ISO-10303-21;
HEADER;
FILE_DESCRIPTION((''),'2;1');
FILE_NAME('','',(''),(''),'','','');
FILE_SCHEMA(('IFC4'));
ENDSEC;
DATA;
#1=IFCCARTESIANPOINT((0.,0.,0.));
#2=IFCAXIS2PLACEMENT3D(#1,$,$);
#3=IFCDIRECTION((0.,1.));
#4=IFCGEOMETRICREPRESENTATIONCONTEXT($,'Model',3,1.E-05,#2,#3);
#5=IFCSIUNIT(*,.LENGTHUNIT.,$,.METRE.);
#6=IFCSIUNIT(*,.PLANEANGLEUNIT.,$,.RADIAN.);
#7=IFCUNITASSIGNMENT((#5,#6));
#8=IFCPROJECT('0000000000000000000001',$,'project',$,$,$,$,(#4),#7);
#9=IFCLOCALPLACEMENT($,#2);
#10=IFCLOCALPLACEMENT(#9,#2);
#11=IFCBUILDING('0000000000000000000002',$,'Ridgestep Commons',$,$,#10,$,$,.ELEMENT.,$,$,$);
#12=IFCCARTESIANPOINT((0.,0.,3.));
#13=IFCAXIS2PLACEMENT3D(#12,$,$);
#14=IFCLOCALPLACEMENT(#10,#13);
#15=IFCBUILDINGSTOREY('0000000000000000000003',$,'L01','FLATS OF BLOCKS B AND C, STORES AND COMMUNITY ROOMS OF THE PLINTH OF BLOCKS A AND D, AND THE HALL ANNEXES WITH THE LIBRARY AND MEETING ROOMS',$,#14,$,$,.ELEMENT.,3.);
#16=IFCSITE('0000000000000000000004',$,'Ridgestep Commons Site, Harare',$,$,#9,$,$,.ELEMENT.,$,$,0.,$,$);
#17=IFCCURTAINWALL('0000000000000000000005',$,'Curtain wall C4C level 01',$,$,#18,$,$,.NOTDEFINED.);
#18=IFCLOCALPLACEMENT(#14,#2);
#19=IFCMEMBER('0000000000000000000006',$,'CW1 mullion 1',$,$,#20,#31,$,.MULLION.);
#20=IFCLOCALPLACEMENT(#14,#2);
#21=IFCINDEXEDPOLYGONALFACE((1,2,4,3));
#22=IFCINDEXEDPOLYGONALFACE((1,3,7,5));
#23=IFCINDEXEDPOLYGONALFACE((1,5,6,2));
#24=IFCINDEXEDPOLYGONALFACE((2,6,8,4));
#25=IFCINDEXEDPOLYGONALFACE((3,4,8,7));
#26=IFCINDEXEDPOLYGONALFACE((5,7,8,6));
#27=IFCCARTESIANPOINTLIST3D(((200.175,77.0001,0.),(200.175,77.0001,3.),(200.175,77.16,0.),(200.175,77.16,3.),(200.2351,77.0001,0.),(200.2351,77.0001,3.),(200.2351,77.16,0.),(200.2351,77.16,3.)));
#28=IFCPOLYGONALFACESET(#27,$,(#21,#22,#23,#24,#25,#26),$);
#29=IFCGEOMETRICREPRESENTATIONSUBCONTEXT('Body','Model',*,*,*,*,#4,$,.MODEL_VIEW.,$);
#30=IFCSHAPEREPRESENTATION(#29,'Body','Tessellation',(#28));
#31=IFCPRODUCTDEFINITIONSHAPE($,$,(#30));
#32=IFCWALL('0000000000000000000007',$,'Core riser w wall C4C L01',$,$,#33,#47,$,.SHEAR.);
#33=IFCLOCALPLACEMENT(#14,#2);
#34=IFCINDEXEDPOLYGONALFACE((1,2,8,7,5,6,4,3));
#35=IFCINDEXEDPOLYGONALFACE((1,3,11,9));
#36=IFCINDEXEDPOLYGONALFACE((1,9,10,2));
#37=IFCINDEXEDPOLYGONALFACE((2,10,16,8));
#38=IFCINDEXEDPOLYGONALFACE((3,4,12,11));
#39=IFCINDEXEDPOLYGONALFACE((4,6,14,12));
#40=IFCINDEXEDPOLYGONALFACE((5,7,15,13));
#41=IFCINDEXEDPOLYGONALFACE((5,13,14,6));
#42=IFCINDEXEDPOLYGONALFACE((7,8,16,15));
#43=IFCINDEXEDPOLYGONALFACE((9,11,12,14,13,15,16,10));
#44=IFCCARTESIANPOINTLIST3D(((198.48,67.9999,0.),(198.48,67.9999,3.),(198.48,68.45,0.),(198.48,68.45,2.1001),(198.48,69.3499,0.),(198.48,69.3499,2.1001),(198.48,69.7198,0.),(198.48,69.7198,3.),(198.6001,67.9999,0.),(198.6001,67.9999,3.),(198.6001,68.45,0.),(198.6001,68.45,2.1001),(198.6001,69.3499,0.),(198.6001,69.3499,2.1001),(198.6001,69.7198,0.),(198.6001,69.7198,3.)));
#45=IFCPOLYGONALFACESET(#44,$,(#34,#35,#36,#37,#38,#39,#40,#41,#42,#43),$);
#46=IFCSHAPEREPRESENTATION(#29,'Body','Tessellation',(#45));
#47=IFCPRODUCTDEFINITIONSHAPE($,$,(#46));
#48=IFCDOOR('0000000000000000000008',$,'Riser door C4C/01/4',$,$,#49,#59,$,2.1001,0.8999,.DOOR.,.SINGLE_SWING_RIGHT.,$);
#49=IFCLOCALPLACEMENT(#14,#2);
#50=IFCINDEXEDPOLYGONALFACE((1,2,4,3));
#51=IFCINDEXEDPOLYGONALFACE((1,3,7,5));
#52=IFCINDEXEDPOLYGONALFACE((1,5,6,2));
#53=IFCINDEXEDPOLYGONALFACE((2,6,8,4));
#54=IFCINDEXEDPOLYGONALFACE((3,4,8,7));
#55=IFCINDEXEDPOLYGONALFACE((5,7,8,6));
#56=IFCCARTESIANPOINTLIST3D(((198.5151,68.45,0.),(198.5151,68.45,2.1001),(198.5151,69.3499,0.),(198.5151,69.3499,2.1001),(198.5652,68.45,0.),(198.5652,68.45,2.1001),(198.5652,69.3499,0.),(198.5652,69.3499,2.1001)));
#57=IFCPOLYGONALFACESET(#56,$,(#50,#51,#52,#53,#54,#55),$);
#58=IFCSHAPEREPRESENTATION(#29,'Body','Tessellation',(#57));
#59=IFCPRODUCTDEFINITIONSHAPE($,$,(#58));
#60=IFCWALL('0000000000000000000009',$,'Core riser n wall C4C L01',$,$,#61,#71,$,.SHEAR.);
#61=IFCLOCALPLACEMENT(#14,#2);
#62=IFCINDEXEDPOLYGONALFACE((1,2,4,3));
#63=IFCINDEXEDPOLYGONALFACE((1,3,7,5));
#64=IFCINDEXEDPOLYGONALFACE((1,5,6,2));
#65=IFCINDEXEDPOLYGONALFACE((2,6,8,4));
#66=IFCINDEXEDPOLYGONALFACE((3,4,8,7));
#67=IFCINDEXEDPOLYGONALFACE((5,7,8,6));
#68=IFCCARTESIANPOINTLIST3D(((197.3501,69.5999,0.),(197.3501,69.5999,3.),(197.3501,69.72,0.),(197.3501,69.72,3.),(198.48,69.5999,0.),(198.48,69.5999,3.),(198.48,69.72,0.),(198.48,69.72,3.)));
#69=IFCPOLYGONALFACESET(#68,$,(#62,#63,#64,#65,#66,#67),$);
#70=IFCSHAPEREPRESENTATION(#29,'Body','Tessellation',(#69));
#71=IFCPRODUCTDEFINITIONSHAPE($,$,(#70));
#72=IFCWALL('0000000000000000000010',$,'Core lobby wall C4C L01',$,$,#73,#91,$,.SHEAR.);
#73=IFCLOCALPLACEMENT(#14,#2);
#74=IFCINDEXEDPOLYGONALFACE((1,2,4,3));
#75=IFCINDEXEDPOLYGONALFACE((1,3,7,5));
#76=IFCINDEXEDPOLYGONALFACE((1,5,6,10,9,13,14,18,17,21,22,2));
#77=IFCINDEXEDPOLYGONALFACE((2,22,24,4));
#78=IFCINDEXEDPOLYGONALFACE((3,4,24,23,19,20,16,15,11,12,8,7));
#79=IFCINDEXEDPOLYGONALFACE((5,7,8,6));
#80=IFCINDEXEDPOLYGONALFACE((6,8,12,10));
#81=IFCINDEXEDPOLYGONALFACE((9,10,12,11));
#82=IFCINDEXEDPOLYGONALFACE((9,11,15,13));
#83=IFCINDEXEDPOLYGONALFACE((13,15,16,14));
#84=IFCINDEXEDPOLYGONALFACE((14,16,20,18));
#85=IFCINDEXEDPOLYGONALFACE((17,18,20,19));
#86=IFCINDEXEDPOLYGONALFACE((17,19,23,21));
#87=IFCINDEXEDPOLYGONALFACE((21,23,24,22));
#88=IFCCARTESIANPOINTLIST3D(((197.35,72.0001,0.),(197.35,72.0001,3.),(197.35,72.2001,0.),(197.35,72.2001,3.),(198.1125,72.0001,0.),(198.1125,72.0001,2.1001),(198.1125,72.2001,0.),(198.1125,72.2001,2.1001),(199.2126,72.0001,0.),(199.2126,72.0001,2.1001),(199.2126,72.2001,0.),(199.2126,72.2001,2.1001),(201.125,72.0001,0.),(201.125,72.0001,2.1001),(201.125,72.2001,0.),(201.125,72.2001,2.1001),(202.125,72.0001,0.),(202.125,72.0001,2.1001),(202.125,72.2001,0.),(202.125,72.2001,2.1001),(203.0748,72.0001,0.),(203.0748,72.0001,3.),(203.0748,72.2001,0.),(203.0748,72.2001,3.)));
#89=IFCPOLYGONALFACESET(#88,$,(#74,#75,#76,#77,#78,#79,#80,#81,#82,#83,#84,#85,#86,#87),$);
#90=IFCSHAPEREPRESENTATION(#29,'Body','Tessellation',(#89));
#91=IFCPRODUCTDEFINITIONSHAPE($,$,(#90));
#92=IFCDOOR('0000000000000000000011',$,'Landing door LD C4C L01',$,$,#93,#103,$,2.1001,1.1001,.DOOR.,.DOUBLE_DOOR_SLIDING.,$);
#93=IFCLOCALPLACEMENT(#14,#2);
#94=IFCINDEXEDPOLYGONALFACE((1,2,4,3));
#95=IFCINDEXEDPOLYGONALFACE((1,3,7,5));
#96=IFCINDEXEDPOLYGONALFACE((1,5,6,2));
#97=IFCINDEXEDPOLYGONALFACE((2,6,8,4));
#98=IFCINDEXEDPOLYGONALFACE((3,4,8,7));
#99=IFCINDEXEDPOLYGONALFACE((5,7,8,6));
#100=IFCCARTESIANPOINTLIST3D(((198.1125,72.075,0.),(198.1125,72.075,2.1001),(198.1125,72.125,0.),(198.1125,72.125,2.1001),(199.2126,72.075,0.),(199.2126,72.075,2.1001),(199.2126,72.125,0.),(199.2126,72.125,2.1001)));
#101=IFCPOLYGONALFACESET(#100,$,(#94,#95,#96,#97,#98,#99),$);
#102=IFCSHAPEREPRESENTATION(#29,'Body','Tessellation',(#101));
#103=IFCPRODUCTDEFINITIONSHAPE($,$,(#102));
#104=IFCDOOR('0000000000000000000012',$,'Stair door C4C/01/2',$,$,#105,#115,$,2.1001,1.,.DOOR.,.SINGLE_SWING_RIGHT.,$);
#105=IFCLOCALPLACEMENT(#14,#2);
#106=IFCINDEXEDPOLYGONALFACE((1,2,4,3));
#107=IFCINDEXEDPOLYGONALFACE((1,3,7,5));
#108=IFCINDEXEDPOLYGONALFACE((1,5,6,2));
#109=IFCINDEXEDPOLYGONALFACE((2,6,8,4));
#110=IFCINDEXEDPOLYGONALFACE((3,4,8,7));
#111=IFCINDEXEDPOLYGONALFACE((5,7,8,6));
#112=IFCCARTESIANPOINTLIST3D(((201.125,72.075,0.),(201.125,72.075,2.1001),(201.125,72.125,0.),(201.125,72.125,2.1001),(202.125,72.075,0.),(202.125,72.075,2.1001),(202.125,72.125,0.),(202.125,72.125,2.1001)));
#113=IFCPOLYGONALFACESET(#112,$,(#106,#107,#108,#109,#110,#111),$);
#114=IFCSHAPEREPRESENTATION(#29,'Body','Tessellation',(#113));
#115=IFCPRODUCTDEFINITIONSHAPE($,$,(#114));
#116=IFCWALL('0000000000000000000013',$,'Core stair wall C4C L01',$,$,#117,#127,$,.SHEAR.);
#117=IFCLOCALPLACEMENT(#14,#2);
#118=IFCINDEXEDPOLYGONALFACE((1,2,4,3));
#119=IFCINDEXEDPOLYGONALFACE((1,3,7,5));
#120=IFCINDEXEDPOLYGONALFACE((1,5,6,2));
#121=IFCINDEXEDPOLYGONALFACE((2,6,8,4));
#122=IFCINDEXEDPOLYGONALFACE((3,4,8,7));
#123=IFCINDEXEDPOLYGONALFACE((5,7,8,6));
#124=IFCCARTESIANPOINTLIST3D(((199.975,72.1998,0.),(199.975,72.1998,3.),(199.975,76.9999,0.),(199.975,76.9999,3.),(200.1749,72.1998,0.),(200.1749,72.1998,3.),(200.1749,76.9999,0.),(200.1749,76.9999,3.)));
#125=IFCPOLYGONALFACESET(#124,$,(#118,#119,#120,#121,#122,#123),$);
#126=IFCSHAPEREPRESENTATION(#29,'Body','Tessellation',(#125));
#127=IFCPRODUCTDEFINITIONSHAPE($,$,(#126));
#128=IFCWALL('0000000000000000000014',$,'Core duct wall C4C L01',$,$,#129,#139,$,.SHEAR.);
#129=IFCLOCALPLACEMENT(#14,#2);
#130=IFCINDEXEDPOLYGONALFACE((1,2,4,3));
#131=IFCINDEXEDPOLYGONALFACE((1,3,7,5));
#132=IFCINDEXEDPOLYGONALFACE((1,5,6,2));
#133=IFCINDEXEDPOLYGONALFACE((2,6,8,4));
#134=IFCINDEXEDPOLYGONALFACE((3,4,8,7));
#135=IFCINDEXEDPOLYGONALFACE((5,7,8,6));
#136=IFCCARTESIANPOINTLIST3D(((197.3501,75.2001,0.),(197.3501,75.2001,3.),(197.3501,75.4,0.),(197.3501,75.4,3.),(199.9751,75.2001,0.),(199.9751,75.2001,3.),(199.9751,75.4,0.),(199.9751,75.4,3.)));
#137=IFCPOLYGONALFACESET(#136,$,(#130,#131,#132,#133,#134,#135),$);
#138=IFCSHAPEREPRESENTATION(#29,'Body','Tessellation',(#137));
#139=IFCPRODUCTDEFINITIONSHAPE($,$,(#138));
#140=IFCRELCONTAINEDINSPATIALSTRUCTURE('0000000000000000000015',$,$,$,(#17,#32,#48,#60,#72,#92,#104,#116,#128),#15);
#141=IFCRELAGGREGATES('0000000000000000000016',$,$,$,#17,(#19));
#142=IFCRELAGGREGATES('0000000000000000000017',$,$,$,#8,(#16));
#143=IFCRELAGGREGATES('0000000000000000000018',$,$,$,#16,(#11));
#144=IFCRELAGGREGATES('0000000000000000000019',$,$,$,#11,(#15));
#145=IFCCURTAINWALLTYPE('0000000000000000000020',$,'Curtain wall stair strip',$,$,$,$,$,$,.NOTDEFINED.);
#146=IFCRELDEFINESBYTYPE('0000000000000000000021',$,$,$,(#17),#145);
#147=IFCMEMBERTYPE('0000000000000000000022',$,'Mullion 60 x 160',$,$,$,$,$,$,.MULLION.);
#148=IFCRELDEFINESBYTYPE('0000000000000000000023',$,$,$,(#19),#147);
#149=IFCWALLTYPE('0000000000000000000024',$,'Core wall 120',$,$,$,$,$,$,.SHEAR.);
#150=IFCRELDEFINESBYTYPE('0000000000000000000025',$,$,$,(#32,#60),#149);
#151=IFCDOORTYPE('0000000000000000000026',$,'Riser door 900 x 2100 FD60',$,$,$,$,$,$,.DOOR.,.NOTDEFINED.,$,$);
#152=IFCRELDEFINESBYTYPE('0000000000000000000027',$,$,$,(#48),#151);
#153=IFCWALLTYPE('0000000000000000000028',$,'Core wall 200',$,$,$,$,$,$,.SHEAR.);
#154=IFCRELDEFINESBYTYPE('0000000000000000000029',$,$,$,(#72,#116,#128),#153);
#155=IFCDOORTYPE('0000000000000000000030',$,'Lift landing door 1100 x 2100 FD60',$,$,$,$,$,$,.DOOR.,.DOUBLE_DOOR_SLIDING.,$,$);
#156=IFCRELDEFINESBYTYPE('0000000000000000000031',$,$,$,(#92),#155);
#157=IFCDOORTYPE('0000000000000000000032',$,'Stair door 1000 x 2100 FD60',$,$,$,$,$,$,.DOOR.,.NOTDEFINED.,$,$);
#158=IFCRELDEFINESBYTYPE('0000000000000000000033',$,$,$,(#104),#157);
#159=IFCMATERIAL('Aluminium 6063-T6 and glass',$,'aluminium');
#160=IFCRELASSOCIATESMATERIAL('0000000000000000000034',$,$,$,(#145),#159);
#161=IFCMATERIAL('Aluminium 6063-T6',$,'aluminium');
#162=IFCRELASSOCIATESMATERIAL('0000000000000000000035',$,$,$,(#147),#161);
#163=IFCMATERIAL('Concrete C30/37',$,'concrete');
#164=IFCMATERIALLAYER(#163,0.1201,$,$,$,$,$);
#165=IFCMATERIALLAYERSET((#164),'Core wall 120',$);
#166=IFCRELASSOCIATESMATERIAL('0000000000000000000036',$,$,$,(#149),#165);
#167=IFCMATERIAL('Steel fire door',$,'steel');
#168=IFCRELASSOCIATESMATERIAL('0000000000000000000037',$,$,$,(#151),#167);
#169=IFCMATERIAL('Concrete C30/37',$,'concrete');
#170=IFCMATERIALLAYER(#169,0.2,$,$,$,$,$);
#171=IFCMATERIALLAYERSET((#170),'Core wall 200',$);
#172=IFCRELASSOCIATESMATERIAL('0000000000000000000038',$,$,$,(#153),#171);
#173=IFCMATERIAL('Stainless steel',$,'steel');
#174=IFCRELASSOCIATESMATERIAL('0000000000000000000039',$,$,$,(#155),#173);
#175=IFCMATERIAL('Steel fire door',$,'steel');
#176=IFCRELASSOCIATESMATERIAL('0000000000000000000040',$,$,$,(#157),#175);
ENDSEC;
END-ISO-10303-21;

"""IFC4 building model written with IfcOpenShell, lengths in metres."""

from ifc_helpers import new_model, si_unit, direction, frame, frame_2d, origin, origin_2d, place, context, subcontext, project, spatial, rectangle, extrude, material, layer, layer_set, material_profile, profile_set, type_object, element, fill, aggregate, save


model = new_model("IFC4")

# Units and contexts
model_context = context("Model", 3, precision=1e-05, world=origin(), true_north=direction((0.0, 1.0)))
body_context = subcontext(model_context, "Body", "Model", "MODEL_VIEW")
ifc_project = project(units=[si_unit("LENGTHUNIT", "METRE"), si_unit("PLANEANGLEUNIT", "RADIAN")], contexts=[model_context])

# Site, building, storey
site_placement = place(None, origin())
site = spatial("IfcSite", under=ifc_project, at=site_placement, Name="Ridgestep Commons Site, Harare", CompositionType="ELEMENT", RefElevation=0.0)
building_placement = place(site_placement, origin())
building = spatial("IfcBuilding", under=site, at=building_placement, Name="Ridgestep Commons", CompositionType="ELEMENT")
storey_placement = place(building_placement, frame((0.0, 0.0, 3.0)))
storey = spatial("IfcBuildingStorey", under=building, at=storey_placement, Name="L01", Description="FLATS OF BLOCKS B AND C, STORES AND COMMUNITY ROOMS OF THE PLINTH OF BLOCKS A AND D, AND THE HALL ANNEXES WITH THE LIBRARY AND MEETING ROOMS", CompositionType="ELEMENT", Elevation=3.0)

# Curtain wall, member
ifc_material_1 = material(Name="Aluminium 6063-T6 and glass", Category="aluminium")
curtain_wall_type = type_object("IfcCurtainWallType", Name="Curtain wall stair strip", PredefinedType="NOTDEFINED", material=ifc_material_1)
curtain_wall_placement = place(storey_placement, origin())
curtain_wall = element("IfcCurtainWall", 1, at=curtain_wall_placement, inside=storey, type_object=curtain_wall_type, Name="Curtain wall C4C level 01", PredefinedType="NOTDEFINED")
ifc_material_2 = material(Name="Aluminium 6063-T6", Category="aluminium")
ifc_material_profile = material_profile(ifc_material_2, rectangle(XDim=0.1599, YDim=0.0601, at=origin_2d()), Name="Mullion 60 x 160")
ifc_profile_set = profile_set([ifc_material_profile], Name="Aluminium 6063-T6")
member_type = type_object("IfcMemberType", Name="Mullion 60 x 160", PredefinedType="MULLION", material=ifc_profile_set)
member_placement = place(storey_placement, frame((200.2051, 77.0801, 0.0), z_axis=(0.0, 0.0, 1.0), x_axis=(0.0, 1.0, 0.0)))
member = element("IfcMember", 2, at=member_placement, type_object=member_type, Name="CW1 mullion 1", PredefinedType="MULLION", context=body_context, shape_type="SweptSolid", body=[
    extrude(rectangle(XDim=0.1599, YDim=0.0601, at=origin_2d()), origin(), (0.0, 0.0, 1.0), 3.0),
])
aggregate(curtain_wall, [member])

# Wall, opening, door
ifc_material_3 = material(Name="Concrete C30/37", Category="concrete")
ifc_layer_1 = layer(ifc_material_3, 0.1201)
ifc_layer_set_1 = layer_set([ifc_layer_1], Name="Core wall 120")
wall_type_1 = type_object("IfcWallType", Name="Core wall 120", PredefinedType="SHEAR", material=ifc_layer_set_1)
wall_1_placement = place(storey_placement, frame((198.54, 68.0, 0.0), z_axis=(0.0, 0.0, 1.0), x_axis=(0.0, 1.0, 0.0)))
wall_1 = element("IfcWall", 3, at=wall_1_placement, inside=storey, type_object=wall_type_1, Name="Core riser w wall C4C L01", PredefinedType="SHEAR", context=body_context, shape_type="SweptSolid", body=[
    extrude(rectangle(XDim=1.72, YDim=0.1201, at=frame_2d((0.8599, 0.0))), origin(), (0.0, 0.0, 1.0), 3.0),
])
opening_1_placement = place(wall_1_placement, frame((0.45, 0.0, 0.0)))
opening_1 = element("IfcOpeningElement", 4, at=opening_1_placement, cuts=wall_1, PredefinedType="OPENING", context=body_context, shape_type="SweptSolid", body=[
    extrude(rectangle(XDim=0.8999, YDim=2.1001, at=frame_2d((0.45, 1.05))), frame((0.0, 0.0701, 0.0), z_axis=(0.0, -1.0, 0.0), x_axis=(1.0, 0.0, 0.0)), (0.0, 0.0, 1.0), 0.1401),
])
ifc_material_4 = material(Name="Steel fire door", Category="steel")
door_type_1 = type_object("IfcDoorType", Name="Riser door 900 x 2100 FD60", OperationType="NOTDEFINED", PredefinedType="DOOR", material=ifc_material_4)
door_1_placement = place(opening_1_placement, origin())
door_1 = element("IfcDoor", 5, at=door_1_placement, inside=storey, type_object=door_type_1, Name="Riser door C4C/01/4", OperationType="SINGLE_SWING_RIGHT", OverallHeight=2.1001, OverallWidth=0.8999, PredefinedType="DOOR", context=body_context, shape_type="SweptSolid", body=[
    extrude(rectangle(XDim=0.8999, YDim=2.1001, at=frame_2d((0.45, 1.05))), frame((0.0, 0.0249, 0.0), z_axis=(0.0, -1.0, 0.0), x_axis=(1.0, 0.0, 0.0)), (0.0, 0.0, 1.0), 0.05),
])
fill(opening_1, door_1)

# Wall
wall_2_placement = place(storey_placement, frame((197.3501, 69.6599, 0.0), z_axis=(0.0, 0.0, 1.0), x_axis=(1.0, 0.0, 0.0)))
element("IfcWall", 6, at=wall_2_placement, inside=storey, type_object=wall_type_1, Name="Core riser n wall C4C L01", PredefinedType="SHEAR", context=body_context, shape_type="SweptSolid", body=[
    extrude(rectangle(XDim=1.1299, YDim=0.1201, at=frame_2d((0.5649, 0.0))), origin(), (0.0, 0.0, 1.0), 3.0),
])

# Wall, openings, doors
ifc_material_5 = material(Name="Concrete C30/37", Category="concrete")
ifc_layer_2 = layer(ifc_material_5, 0.2)
ifc_layer_set_2 = layer_set([ifc_layer_2], Name="Core wall 200")
wall_type_2 = type_object("IfcWallType", Name="Core wall 200", PredefinedType="SHEAR", material=ifc_layer_set_2)
wall_3_placement = place(storey_placement, frame((197.3501, 72.1001, 0.0), z_axis=(0.0, 0.0, 1.0), x_axis=(1.0, 0.0, 0.0)))
wall_3 = element("IfcWall", 7, at=wall_3_placement, inside=storey, type_object=wall_type_2, Name="Core lobby wall C4C L01", PredefinedType="SHEAR", context=body_context, shape_type="SweptSolid", body=[
    extrude(rectangle(XDim=5.7249, YDim=0.2, at=frame_2d((2.8623, 0.0))), origin(), (0.0, 0.0, 1.0), 3.0),
])
opening_2_placement = place(wall_3_placement, frame((3.7749, 0.0, 0.0)))
opening_2 = element("IfcOpeningElement", 8, at=opening_2_placement, cuts=wall_3, PredefinedType="OPENING", context=body_context, shape_type="SweptSolid", body=[
    extrude(rectangle(XDim=1.0, YDim=2.1001, at=frame_2d((0.5, 1.05))), frame((0.0, 0.1099, 0.0), z_axis=(0.0, -1.0, 0.0), x_axis=(1.0, 0.0, 0.0)), (0.0, 0.0, 1.0), 0.22),
])
opening_3_placement = place(wall_3_placement, frame((0.7625, 0.0, 0.0)))
opening_3 = element("IfcOpeningElement", 9, at=opening_3_placement, cuts=wall_3, PredefinedType="OPENING", context=body_context, shape_type="SweptSolid", body=[
    extrude(rectangle(XDim=1.1001, YDim=2.1001, at=frame_2d((0.55, 1.05))), frame((0.0, 0.1099, 0.0), z_axis=(0.0, -1.0, 0.0), x_axis=(1.0, 0.0, 0.0)), (0.0, 0.0, 1.0), 0.22),
])
ifc_material_6 = material(Name="Stainless steel", Category="steel")
door_type_2 = type_object("IfcDoorType", Name="Lift landing door 1100 x 2100 FD60", OperationType="DOUBLE_DOOR_SLIDING", PredefinedType="DOOR", material=ifc_material_6)
door_2_placement = place(opening_3_placement, origin())
door_2 = element("IfcDoor", 10, at=door_2_placement, inside=storey, type_object=door_type_2, Name="Landing door LD C4C L01", OperationType="DOUBLE_DOOR_SLIDING", OverallHeight=2.1001, OverallWidth=1.1001, PredefinedType="DOOR", context=body_context, shape_type="SweptSolid", body=[
    extrude(rectangle(XDim=1.1001, YDim=2.1001, at=frame_2d((0.55, 1.05))), frame((0.0, 0.0249, 0.0), z_axis=(0.0, -1.0, 0.0), x_axis=(1.0, 0.0, 0.0)), (0.0, 0.0, 1.0), 0.05),
])
fill(opening_3, door_2)
ifc_material_7 = material(Name="Steel fire door", Category="steel")
door_type_3 = type_object("IfcDoorType", Name="Stair door 1000 x 2100 FD60", OperationType="NOTDEFINED", PredefinedType="DOOR", material=ifc_material_7)
door_3_placement = place(opening_2_placement, origin())
door_3 = element("IfcDoor", 11, at=door_3_placement, inside=storey, type_object=door_type_3, Name="Stair door C4C/01/2", OperationType="SINGLE_SWING_RIGHT", OverallHeight=2.1001, OverallWidth=1.0, PredefinedType="DOOR", context=body_context, shape_type="SweptSolid", body=[
    extrude(rectangle(XDim=1.0, YDim=2.1001, at=frame_2d((0.5, 1.05))), frame((0.0, 0.0249, 0.0), z_axis=(0.0, -1.0, 0.0), x_axis=(1.0, 0.0, 0.0)), (0.0, 0.0, 1.0), 0.05),
])
fill(opening_2, door_3)

# Walls
wall_4_placement = place(storey_placement, frame((200.075, 72.2, 0.0), z_axis=(0.0, 0.0, 1.0), x_axis=(0.0, 1.0, 0.0)))
element("IfcWall", 12, at=wall_4_placement, inside=storey, type_object=wall_type_2, Name="Core stair wall C4C L01", PredefinedType="SHEAR", context=body_context, shape_type="SweptSolid", body=[
    extrude(rectangle(XDim=4.8, YDim=0.2, at=frame_2d((2.3999, 0.0))), origin(), (0.0, 0.0, 1.0), 3.0),
])
wall_5_placement = place(storey_placement, frame((197.3501, 75.3, 0.0), z_axis=(0.0, 0.0, 1.0), x_axis=(1.0, 0.0, 0.0)))
element("IfcWall", 13, at=wall_5_placement, inside=storey, type_object=wall_type_2, Name="Core duct wall C4C L01", PredefinedType="SHEAR", context=body_context, shape_type="SweptSolid", body=[
    extrude(rectangle(XDim=2.625, YDim=0.2, at=frame_2d((1.3125, 0.0))), origin(), (0.0, 0.0, 1.0), 3.0),
])

save(model, "model.ifc")
